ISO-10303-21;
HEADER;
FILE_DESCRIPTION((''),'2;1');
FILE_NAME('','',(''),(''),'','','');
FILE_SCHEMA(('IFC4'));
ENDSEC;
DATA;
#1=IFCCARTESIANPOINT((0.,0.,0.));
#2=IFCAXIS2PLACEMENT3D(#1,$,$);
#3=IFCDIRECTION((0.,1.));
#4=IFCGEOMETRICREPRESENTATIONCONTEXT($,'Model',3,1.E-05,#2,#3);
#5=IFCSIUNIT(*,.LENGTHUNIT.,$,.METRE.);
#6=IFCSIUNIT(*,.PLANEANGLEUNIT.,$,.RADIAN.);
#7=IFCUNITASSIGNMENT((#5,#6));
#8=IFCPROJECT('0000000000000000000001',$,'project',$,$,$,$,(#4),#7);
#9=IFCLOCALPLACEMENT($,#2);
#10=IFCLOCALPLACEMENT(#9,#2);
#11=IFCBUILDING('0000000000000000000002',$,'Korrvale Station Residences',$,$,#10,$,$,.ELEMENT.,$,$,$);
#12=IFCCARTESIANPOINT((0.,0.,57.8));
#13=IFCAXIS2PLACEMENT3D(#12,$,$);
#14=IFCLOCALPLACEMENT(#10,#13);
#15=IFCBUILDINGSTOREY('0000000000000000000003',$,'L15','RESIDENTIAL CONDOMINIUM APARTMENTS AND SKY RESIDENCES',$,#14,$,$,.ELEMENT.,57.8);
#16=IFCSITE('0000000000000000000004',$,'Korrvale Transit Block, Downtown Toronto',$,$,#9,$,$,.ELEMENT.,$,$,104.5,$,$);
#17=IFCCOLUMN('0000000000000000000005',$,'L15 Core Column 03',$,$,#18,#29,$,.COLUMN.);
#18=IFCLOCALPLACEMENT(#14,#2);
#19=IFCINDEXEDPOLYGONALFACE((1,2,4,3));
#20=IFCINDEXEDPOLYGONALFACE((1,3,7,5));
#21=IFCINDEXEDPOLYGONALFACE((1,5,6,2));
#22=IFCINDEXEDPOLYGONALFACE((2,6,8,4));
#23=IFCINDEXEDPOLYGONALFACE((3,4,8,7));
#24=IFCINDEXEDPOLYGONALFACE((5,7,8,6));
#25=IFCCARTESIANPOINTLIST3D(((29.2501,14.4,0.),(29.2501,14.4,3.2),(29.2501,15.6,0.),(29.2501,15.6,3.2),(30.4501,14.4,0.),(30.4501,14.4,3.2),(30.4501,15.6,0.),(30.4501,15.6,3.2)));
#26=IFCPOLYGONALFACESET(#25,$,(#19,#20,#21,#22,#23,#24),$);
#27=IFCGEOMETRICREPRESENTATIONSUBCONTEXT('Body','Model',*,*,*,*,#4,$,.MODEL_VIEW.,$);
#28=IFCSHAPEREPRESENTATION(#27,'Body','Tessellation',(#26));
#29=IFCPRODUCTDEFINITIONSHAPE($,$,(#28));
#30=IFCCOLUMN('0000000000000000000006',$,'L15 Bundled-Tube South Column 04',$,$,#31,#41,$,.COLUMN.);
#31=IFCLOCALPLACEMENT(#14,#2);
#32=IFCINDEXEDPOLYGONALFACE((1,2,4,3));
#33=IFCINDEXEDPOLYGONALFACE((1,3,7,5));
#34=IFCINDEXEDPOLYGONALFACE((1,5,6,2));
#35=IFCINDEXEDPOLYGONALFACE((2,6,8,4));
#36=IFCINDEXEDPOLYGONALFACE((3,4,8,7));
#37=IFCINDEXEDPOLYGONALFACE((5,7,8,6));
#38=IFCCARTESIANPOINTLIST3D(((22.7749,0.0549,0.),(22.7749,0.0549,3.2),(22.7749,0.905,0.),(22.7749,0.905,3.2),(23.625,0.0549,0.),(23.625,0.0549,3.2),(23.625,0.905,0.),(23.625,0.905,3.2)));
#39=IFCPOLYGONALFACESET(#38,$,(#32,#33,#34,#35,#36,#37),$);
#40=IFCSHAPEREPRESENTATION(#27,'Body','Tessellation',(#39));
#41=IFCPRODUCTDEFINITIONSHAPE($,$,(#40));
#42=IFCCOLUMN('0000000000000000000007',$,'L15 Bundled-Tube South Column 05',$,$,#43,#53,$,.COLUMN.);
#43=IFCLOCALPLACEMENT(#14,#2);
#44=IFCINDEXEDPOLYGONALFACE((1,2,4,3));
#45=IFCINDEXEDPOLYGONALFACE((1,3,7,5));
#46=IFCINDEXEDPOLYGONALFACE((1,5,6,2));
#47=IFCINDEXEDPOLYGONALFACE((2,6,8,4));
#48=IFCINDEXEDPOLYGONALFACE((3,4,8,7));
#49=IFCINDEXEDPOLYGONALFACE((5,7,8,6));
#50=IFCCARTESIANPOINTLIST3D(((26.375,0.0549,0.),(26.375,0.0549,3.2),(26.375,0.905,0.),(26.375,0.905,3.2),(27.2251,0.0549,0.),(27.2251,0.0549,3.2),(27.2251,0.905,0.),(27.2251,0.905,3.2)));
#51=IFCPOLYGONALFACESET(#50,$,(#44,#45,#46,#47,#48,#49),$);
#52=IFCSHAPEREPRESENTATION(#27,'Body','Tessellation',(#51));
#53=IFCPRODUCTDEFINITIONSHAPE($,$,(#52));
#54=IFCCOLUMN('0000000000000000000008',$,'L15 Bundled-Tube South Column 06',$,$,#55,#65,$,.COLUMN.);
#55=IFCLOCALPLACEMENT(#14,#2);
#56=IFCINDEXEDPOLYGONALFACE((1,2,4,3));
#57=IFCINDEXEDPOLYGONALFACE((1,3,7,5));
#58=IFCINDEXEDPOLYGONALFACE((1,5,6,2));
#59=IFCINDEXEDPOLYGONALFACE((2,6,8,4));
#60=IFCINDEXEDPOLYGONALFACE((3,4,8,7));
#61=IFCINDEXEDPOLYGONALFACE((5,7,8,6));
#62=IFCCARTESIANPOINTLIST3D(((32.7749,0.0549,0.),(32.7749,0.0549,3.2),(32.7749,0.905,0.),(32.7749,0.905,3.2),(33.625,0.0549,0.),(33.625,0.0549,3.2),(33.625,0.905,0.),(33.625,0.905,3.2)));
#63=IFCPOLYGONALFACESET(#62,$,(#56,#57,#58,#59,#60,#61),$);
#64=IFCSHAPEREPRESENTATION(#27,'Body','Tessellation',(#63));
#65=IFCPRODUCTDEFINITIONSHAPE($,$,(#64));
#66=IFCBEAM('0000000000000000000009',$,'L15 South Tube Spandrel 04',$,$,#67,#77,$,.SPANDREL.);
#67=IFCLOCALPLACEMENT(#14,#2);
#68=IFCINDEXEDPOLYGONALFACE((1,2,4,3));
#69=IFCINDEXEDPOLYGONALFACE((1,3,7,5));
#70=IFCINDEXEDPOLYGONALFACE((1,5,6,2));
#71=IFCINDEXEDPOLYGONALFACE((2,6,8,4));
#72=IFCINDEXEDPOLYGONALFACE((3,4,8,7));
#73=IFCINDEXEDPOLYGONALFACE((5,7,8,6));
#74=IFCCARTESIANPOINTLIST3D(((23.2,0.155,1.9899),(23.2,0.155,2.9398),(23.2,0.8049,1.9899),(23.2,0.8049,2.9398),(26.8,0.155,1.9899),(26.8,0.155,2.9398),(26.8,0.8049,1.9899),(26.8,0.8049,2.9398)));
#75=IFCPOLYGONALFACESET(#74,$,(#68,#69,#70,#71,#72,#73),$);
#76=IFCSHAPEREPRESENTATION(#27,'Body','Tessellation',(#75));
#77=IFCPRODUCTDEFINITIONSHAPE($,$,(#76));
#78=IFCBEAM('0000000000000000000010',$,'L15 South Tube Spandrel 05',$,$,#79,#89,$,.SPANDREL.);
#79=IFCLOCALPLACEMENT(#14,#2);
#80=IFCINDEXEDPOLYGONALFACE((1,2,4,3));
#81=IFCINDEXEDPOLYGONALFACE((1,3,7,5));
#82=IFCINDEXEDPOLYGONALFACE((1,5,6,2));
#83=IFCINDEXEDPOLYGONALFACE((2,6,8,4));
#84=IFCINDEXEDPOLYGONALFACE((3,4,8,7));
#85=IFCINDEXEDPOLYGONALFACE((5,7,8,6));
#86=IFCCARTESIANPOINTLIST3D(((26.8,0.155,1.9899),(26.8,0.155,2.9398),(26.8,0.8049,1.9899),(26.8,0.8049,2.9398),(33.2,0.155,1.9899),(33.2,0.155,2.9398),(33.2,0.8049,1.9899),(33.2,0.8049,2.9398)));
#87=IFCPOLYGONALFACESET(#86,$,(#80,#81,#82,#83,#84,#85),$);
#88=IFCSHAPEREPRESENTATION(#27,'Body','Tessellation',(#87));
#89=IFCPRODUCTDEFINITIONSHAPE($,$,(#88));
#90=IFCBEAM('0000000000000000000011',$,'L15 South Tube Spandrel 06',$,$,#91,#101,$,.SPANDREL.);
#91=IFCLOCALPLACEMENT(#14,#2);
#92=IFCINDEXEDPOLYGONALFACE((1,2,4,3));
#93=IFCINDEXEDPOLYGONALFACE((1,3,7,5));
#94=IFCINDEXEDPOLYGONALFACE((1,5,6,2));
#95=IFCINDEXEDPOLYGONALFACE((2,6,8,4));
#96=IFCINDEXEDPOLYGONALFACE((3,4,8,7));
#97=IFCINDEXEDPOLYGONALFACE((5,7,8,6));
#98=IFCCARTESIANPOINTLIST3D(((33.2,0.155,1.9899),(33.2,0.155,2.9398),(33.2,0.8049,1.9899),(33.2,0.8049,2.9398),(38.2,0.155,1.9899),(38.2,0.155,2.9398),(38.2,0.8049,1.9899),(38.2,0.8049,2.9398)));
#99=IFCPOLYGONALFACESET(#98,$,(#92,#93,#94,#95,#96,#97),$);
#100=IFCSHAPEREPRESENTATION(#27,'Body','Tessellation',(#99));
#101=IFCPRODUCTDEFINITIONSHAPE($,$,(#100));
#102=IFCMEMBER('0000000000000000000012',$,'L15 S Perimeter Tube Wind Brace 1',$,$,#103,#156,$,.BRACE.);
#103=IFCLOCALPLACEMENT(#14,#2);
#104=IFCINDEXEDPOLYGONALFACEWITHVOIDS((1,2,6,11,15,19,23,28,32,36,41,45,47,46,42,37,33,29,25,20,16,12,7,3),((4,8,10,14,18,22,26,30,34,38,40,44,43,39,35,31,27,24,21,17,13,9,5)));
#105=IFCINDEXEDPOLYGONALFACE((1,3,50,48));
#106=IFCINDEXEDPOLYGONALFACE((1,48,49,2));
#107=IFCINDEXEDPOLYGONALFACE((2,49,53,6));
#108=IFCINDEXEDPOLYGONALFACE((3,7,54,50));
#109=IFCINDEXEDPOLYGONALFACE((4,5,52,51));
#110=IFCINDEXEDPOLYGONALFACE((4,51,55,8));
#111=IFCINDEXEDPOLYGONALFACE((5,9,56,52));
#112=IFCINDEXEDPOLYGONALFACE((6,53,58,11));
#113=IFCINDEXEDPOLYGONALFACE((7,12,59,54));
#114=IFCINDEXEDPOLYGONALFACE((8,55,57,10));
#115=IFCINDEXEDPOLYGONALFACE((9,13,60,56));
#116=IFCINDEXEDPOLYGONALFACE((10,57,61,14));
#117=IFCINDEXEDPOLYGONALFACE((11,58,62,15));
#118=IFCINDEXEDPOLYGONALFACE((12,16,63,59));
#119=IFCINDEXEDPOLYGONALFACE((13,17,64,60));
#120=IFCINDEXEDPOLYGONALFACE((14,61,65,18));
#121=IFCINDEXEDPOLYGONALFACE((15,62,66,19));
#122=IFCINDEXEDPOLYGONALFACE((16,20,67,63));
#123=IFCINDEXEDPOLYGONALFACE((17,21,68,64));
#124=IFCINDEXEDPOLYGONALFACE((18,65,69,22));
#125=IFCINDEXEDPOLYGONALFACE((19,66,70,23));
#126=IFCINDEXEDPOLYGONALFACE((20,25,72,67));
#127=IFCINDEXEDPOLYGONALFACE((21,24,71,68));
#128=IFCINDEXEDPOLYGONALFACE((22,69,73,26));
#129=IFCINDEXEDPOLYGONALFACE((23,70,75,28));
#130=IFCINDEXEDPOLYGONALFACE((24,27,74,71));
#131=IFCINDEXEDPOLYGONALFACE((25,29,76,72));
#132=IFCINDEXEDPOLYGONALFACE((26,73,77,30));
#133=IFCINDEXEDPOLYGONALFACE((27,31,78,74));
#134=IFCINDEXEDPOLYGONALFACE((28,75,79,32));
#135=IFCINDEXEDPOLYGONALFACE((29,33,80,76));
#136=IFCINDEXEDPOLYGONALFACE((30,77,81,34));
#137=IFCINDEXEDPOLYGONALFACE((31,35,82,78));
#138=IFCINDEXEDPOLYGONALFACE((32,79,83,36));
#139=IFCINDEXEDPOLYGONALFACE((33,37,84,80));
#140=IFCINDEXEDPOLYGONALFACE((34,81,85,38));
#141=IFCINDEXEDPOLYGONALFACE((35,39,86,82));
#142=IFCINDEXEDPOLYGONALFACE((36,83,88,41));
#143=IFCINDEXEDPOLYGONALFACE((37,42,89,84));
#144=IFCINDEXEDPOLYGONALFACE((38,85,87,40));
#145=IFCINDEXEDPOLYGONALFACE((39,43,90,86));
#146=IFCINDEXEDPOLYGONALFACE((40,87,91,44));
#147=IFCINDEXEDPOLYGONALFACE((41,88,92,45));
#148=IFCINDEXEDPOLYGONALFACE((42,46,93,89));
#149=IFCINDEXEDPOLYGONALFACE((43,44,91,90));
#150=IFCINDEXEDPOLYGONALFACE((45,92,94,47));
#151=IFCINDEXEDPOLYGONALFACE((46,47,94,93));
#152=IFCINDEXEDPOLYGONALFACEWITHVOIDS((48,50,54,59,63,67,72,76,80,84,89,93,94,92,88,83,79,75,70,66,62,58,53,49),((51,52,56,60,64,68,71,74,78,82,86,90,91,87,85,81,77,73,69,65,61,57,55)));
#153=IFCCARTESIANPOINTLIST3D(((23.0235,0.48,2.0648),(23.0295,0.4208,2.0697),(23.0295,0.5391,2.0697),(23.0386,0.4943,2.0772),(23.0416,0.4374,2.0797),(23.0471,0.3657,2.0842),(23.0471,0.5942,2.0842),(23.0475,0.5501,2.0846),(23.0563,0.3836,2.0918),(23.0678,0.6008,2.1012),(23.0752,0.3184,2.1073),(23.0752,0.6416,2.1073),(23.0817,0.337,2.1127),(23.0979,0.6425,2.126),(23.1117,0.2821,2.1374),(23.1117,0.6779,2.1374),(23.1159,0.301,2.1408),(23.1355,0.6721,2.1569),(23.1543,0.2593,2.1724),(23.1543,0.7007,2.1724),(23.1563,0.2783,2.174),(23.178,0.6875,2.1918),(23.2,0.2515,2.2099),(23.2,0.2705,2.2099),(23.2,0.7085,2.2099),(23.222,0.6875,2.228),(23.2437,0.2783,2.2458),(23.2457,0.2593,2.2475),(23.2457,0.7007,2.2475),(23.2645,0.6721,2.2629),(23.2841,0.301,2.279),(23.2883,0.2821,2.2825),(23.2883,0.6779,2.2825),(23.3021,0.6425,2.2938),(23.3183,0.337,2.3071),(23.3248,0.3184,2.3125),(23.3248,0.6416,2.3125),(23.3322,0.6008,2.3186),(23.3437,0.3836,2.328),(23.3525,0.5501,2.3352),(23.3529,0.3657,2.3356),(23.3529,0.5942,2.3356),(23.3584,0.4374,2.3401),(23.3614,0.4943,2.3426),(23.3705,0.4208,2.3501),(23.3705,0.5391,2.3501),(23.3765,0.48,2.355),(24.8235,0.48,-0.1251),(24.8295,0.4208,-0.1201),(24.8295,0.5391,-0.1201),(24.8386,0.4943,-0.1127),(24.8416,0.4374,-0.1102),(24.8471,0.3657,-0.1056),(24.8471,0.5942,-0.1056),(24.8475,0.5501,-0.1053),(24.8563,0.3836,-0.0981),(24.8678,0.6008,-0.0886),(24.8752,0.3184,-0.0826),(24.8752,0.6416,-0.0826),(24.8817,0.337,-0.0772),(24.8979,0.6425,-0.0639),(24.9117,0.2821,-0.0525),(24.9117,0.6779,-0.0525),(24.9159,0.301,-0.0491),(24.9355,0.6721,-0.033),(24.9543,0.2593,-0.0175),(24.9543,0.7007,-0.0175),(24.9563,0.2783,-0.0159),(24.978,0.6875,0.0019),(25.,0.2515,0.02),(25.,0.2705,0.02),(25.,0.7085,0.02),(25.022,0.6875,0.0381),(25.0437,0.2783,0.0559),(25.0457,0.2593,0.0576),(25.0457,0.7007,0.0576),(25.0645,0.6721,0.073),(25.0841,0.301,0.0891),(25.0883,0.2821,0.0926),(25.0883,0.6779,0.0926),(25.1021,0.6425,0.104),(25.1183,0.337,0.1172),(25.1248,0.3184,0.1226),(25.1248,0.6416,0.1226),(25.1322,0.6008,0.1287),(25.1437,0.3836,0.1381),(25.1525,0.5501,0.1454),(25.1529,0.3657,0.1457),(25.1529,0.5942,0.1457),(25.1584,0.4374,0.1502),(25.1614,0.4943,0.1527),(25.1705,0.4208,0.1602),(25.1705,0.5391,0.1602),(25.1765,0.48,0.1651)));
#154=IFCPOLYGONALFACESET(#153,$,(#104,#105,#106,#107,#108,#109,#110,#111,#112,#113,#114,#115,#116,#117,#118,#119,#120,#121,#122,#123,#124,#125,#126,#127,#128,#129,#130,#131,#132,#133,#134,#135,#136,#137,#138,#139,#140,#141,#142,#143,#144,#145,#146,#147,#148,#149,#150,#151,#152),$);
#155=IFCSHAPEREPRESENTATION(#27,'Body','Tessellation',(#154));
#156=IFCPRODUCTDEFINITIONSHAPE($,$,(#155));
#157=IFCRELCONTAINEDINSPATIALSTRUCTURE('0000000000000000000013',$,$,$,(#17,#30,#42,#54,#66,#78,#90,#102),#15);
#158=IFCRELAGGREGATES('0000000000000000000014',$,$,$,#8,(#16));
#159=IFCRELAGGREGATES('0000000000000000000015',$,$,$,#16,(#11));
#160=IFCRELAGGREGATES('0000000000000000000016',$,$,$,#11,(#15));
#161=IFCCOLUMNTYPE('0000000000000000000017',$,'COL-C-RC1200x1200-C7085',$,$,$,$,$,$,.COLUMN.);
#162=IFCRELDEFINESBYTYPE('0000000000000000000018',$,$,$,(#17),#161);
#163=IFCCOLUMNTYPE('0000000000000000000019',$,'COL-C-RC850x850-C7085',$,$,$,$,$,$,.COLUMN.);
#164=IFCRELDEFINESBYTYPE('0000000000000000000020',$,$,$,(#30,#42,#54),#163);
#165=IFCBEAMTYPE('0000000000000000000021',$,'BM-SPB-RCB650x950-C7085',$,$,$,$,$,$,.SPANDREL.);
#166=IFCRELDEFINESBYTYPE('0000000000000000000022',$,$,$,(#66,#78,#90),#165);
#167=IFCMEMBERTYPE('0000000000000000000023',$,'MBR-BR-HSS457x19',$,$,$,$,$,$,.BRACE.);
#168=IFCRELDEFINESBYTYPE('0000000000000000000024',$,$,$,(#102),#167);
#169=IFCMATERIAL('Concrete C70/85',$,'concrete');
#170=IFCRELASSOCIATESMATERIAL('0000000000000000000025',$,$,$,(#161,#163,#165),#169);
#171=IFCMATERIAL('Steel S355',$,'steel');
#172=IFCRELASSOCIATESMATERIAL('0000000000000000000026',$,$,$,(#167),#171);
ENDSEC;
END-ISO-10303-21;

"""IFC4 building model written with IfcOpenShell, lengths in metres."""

from ifc_helpers import new_model, si_unit, direction, frame, origin, origin_2d, place, context, subcontext, project, spatial, rectangle, hollow_circle, extrude, material, material_profile, profile_set, type_object, element, save


model = new_model("IFC4")

# Units and contexts
model_context = context("Model", 3, precision=1e-05, world=origin(), true_north=direction((0.0, 1.0)))
body_context = subcontext(model_context, "Body", "Model", "MODEL_VIEW")
ifc_project = project(units=[si_unit("LENGTHUNIT", "METRE"), si_unit("PLANEANGLEUNIT", "RADIAN")], contexts=[model_context])

# Site, building, storey
site_placement = place(None, origin())
site = spatial("IfcSite", under=ifc_project, at=site_placement, Name="Korrvale Transit Block, Downtown Toronto", CompositionType="ELEMENT", RefElevation=104.5)
building_placement = place(site_placement, origin())
building = spatial("IfcBuilding", under=site, at=building_placement, Name="Korrvale Station Residences", CompositionType="ELEMENT")
storey_placement = place(building_placement, frame((0.0, 0.0, 57.8)))
storey = spatial("IfcBuildingStorey", under=building, at=storey_placement, Name="L15", Description="RESIDENTIAL CONDOMINIUM APARTMENTS AND SKY RESIDENCES", CompositionType="ELEMENT", Elevation=57.8)

# Columns
ifc_material_1 = material(Name="Concrete C70/85", Category="concrete")
ifc_material_profile_1 = material_profile(ifc_material_1, rectangle(XDim=1.2, YDim=1.2, at=origin_2d()), Name="RC1200x1200")
ifc_profile_set_1 = profile_set([ifc_material_profile_1], Name="Concrete C70/85")
column_type_1 = type_object("IfcColumnType", Name="COL-C-RC1200x1200-C7085", PredefinedType="COLUMN", material=ifc_profile_set_1)
column_placement = place(storey_placement, frame((29.8501, 15.0, 0.0), z_axis=(0.0, 0.0, 1.0), x_axis=(1.0, 0.0, 0.0)))
element("IfcColumn", 1, at=column_placement, inside=storey, type_object=column_type_1, Name="L15 Core Column 03", PredefinedType="COLUMN", context=body_context, shape_type="SweptSolid", body=[
    extrude(rectangle(XDim=1.2, YDim=1.2, at=origin_2d()), origin(), (0.0, 0.0, 1.0), 3.2),
])
ifc_material_profile_2 = material_profile(ifc_material_1, rectangle(XDim=0.8501, YDim=0.8501, at=origin_2d()), Name="RC850x850")
ifc_profile_set_2 = profile_set([ifc_material_profile_2], Name="Concrete C70/85")
column_type_2 = type_object("IfcColumnType", Name="COL-C-RC850x850-C7085", PredefinedType="COLUMN", material=ifc_profile_set_2)
for number, where, z_axis, x_axis, name in (
    (2, (23.2, 0.48, 0.0), (0.0, 0.0, 1.0), (1.0, 0.0, 0.0), "L15 Bundled-Tube South Column 04"),
    (3, (26.8, 0.48, 0.0), (0.0, 0.0, 1.0), (1.0, 0.0, 0.0), "L15 Bundled-Tube South Column 05"),
    (4, (33.2, 0.48, 0.0), (0.0, 0.0, 1.0), (1.0, 0.0, 0.0), "L15 Bundled-Tube South Column 06"),
):
    element("IfcColumn", number, at=place(storey_placement, frame(where, z_axis=z_axis, x_axis=x_axis)), inside=storey, type_object=column_type_2, Name=name, PredefinedType="COLUMN", context=body_context, shape_type="SweptSolid", body=[
        extrude(rectangle(XDim=0.8501, YDim=0.8501, at=origin_2d()), origin(), (0.0, 0.0, 1.0), 3.2),
    ])

# Beams
ifc_material_profile_3 = material_profile(ifc_material_1, rectangle(XDim=0.6499, YDim=0.95, at=origin_2d()), Name="RCB650x950")
ifc_profile_set_3 = profile_set([ifc_material_profile_3], Name="Concrete C70/85")
beam_type = type_object("IfcBeamType", Name="BM-SPB-RCB650x950-C7085", PredefinedType="SPANDREL", material=ifc_profile_set_3)
beam_1_placement = place(storey_placement, frame((23.2, 0.48, 2.4648), z_axis=(1.0, 0.0, 0.0), x_axis=(0.0, 1.0, 0.0)))
element("IfcBeam", 5, at=beam_1_placement, inside=storey, type_object=beam_type, Name="L15 South Tube Spandrel 04", PredefinedType="SPANDREL", context=body_context, shape_type="SweptSolid", body=[
    extrude(rectangle(XDim=0.6499, YDim=0.95, at=origin_2d()), origin(), (0.0, 0.0, 1.0), 3.6001),
])
beam_2_placement = place(storey_placement, frame((26.8, 0.48, 2.4648), z_axis=(1.0, 0.0, 0.0), x_axis=(0.0, 1.0, 0.0)))
element("IfcBeam", 6, at=beam_2_placement, inside=storey, type_object=beam_type, Name="L15 South Tube Spandrel 05", PredefinedType="SPANDREL", context=body_context, shape_type="SweptSolid", body=[
    extrude(rectangle(XDim=0.6499, YDim=0.95, at=origin_2d()), origin(), (0.0, 0.0, 1.0), 6.3999),
])
beam_3_placement = place(storey_placement, frame((33.2, 0.48, 2.4648), z_axis=(1.0, 0.0, 0.0), x_axis=(0.0, 1.0, 0.0)))
element("IfcBeam", 7, at=beam_3_placement, inside=storey, type_object=beam_type, Name="L15 South Tube Spandrel 06", PredefinedType="SPANDREL", context=body_context, shape_type="SweptSolid", body=[
    extrude(rectangle(XDim=0.6499, YDim=0.95, at=origin_2d()), origin(), (0.0, 0.0, 1.0), 5.0),
])

# Member
ifc_material_2 = material(Name="Steel S355", Category="steel")
ifc_material_profile_4 = material_profile(ifc_material_2, hollow_circle(Radius=0.2285, WallThickness=0.019, at=origin_2d()), Name="HSS457x19")
ifc_profile_set_4 = profile_set([ifc_material_profile_4], Name="Steel S355")
member_type = type_object("IfcMemberType", Name="MBR-BR-HSS457x19", PredefinedType="BRACE", material=ifc_profile_set_4)
for number, where, z_axis, x_axis, name in (
    (8, (25.0, 0.48, 0.02), (-0.634985, 0.0, 0.772524), (0.0, -1.0, 0.0), "L15 S Perimeter Tube Wind Brace 1"),
):
    element("IfcMember", number, at=place(storey_placement, frame(where, z_axis=z_axis, x_axis=x_axis)), inside=storey, type_object=member_type, Name=name, PredefinedType="BRACE", context=body_context, shape_type="SweptSolid", body=[
        extrude(hollow_circle(Radius=0.2285, WallThickness=0.019, at=origin_2d()), origin(), (0.0, 0.0, 1.0), 2.8347),
    ])

save(model, "model.ifc")
